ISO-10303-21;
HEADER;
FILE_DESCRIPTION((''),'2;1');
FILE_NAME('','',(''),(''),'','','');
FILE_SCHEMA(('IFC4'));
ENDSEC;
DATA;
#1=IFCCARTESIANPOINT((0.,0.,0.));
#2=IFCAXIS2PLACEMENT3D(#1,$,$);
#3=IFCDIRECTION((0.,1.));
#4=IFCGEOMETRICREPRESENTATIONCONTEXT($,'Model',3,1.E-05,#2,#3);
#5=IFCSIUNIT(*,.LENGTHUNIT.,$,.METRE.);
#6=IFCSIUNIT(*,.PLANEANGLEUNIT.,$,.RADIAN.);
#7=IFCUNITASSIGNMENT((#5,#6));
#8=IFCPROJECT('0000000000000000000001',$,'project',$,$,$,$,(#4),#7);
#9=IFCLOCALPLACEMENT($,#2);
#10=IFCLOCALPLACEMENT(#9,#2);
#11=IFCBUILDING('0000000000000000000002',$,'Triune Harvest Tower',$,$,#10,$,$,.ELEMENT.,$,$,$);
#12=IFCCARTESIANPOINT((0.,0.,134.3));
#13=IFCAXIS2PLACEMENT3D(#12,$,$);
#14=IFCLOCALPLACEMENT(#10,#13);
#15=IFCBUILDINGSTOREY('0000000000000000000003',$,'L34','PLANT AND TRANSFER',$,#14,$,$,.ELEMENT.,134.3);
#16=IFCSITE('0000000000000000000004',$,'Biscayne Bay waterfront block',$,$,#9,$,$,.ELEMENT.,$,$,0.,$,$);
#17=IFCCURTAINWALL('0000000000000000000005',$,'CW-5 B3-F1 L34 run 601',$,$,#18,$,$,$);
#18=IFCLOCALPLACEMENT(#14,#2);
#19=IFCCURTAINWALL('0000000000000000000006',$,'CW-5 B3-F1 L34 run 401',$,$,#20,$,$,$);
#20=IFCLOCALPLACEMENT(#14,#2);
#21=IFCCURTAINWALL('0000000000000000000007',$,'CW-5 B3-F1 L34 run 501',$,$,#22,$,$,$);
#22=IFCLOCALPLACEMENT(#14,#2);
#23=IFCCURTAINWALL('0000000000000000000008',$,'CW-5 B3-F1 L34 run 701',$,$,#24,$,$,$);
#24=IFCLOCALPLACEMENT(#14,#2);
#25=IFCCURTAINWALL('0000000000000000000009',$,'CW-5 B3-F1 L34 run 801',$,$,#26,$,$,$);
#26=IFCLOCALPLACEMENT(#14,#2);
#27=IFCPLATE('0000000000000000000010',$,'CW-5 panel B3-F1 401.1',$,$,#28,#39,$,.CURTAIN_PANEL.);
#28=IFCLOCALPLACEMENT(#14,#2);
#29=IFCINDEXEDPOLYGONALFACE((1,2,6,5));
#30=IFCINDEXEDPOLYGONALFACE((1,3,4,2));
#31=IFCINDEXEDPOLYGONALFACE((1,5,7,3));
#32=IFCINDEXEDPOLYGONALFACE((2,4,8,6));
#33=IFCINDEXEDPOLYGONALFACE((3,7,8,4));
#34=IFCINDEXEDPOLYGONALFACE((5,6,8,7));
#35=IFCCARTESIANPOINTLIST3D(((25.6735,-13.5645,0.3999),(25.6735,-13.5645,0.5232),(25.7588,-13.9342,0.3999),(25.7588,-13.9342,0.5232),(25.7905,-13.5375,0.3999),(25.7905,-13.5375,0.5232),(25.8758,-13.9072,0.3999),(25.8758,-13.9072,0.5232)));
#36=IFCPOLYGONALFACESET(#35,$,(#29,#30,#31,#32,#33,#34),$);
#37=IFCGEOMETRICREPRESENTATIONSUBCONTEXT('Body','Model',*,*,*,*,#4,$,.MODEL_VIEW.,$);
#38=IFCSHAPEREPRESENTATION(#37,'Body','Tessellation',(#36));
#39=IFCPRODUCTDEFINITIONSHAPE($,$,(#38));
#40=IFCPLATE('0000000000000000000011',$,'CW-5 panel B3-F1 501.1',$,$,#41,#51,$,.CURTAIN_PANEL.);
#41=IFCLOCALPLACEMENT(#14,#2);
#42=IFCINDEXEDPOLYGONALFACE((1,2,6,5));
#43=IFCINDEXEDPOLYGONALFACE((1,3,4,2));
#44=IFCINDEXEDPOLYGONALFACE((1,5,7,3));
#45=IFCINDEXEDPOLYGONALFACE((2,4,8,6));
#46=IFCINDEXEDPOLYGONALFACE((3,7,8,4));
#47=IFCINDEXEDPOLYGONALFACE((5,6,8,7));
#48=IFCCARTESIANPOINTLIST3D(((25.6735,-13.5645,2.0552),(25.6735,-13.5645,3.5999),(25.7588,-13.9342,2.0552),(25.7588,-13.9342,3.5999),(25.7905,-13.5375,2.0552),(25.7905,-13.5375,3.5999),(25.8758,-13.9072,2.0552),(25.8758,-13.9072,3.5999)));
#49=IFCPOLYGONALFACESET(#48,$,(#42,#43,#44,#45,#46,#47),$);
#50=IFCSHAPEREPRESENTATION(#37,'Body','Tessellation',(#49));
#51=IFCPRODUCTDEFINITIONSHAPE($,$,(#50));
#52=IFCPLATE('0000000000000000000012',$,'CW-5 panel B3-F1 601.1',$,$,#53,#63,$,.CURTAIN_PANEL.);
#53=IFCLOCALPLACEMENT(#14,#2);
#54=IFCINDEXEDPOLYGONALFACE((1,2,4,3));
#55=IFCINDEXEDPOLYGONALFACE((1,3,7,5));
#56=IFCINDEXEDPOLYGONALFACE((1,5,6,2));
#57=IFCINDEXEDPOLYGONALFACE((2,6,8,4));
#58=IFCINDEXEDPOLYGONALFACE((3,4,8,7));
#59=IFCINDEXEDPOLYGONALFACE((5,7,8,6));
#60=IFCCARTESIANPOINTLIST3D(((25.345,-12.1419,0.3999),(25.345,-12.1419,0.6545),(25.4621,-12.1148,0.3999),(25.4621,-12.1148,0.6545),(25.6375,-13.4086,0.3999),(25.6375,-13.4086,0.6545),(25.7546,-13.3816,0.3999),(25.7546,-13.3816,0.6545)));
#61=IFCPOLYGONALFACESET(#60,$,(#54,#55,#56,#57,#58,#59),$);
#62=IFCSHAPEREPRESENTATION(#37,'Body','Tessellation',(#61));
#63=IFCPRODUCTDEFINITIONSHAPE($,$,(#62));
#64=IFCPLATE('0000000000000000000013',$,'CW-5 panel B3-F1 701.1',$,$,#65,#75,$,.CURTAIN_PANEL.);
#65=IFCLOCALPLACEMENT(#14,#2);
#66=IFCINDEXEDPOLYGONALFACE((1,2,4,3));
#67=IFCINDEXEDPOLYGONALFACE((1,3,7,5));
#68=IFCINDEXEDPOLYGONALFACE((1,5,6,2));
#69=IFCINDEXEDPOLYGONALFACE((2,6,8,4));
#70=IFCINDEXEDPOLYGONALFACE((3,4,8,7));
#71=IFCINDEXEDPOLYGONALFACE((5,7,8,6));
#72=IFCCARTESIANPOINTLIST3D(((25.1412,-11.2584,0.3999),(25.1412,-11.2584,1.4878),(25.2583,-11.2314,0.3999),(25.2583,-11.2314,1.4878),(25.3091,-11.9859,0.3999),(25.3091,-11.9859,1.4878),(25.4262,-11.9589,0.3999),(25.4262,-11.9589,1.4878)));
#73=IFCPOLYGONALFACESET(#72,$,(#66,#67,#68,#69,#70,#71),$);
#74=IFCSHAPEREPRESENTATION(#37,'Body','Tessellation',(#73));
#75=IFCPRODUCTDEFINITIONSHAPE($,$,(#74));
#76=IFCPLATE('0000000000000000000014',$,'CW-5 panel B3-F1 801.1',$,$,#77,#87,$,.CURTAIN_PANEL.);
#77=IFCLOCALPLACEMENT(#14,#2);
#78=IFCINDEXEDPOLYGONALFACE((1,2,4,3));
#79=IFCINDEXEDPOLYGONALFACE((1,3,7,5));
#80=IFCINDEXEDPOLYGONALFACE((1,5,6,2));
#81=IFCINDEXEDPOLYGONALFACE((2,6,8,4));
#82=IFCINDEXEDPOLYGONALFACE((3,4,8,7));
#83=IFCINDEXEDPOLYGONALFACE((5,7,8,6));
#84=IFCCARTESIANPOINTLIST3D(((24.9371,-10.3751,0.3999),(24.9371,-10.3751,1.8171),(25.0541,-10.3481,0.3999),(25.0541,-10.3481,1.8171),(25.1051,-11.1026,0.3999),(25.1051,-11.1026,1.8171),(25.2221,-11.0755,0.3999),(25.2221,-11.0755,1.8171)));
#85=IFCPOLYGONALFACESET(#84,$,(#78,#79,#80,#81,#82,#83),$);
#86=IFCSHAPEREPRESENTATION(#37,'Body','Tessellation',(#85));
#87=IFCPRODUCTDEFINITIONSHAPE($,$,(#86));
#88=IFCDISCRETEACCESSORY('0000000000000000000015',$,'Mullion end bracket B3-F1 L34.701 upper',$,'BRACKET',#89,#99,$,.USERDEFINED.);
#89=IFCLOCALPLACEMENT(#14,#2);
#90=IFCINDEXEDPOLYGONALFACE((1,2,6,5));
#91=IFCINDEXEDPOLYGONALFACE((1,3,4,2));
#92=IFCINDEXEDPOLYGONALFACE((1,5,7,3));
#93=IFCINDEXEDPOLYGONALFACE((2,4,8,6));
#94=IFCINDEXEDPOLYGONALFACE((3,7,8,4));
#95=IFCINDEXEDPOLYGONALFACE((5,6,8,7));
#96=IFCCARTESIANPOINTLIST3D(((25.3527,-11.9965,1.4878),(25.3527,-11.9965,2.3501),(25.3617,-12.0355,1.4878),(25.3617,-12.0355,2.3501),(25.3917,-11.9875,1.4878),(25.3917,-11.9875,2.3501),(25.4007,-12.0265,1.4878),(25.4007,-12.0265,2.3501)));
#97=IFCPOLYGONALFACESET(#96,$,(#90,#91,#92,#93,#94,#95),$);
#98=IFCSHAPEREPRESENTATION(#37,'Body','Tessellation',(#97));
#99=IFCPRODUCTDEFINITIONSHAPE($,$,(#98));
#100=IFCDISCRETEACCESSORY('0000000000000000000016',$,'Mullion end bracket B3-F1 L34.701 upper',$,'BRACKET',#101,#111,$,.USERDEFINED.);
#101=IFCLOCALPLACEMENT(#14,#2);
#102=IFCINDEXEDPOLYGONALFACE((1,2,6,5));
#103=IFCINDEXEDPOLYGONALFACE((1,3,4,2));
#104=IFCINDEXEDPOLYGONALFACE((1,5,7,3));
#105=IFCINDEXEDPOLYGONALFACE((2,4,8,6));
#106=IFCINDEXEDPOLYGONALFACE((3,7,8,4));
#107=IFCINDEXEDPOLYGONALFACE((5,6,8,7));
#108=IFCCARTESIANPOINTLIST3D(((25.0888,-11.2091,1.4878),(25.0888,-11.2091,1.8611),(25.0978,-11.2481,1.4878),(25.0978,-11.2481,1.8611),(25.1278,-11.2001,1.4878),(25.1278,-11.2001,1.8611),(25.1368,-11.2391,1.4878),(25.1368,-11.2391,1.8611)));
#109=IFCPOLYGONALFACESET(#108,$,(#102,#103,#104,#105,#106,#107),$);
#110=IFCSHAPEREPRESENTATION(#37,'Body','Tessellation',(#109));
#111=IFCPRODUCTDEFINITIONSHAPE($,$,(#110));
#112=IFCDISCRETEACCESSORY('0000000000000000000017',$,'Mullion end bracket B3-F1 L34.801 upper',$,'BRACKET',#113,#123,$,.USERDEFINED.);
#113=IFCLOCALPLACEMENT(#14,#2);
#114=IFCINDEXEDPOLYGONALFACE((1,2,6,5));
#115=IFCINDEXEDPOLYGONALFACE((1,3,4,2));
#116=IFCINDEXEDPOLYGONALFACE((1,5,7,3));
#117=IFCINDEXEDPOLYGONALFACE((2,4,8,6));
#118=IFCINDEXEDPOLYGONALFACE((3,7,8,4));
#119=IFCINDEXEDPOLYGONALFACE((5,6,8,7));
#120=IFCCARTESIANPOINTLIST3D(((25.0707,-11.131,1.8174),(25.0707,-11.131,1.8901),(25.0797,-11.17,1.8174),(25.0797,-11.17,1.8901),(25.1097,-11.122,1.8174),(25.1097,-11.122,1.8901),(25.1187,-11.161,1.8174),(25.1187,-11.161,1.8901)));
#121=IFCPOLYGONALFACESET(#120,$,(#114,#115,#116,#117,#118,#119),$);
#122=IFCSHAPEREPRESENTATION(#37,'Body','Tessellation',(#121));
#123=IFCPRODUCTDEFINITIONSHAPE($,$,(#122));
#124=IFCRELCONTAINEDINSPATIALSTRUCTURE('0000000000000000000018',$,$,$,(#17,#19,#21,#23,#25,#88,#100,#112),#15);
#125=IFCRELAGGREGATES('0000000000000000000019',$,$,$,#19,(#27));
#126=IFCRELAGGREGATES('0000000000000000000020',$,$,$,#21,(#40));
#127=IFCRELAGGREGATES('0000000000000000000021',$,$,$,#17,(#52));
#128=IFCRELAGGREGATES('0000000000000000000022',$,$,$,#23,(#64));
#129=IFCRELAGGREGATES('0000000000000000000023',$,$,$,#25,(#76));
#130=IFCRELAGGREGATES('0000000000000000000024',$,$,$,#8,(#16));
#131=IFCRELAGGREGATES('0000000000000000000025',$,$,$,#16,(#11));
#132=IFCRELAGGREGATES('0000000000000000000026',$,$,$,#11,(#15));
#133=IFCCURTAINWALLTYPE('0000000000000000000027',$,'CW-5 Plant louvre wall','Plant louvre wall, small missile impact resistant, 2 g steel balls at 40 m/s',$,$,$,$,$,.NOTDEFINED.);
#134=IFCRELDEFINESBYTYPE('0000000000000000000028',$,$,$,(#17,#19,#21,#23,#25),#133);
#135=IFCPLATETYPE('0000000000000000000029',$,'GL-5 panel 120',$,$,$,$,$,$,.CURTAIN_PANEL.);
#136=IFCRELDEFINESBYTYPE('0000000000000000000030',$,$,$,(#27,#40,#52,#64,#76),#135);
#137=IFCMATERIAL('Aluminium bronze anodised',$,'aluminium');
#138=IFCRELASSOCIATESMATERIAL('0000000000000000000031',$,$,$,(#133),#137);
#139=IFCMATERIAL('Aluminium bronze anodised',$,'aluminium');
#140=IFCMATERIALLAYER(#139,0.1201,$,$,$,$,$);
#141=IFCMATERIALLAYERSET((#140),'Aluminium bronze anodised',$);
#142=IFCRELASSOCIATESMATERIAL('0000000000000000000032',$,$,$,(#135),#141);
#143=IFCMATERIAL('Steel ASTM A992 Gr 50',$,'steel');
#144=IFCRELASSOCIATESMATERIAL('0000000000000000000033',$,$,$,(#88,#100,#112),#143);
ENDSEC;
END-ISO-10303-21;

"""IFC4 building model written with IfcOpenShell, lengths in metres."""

from ifc_helpers import new_model, si_unit, direction, frame, origin, origin_2d, place, context, subcontext, project, spatial, rectangle, extrude, source, transform, mapped, material, layer, layer_set, type_object, element, aggregate, save


model = new_model("IFC4")

# Units and contexts
model_context = context("Model", 3, precision=1e-05, world=origin(), true_north=direction((0.0, 1.0)))
body_context = subcontext(model_context, "Body", "Model", "MODEL_VIEW")
ifc_project = project(units=[si_unit("LENGTHUNIT", "METRE"), si_unit("PLANEANGLEUNIT", "RADIAN")], contexts=[model_context])

# Site, building, storey
site_placement = place(None, origin())
site = spatial("IfcSite", under=ifc_project, at=site_placement, Name="Biscayne Bay waterfront block", CompositionType="ELEMENT", RefElevation=0.0)
building_placement = place(site_placement, origin())
building = spatial("IfcBuilding", under=site, at=building_placement, Name="Triune Harvest Tower", CompositionType="ELEMENT")
storey_placement = place(building_placement, frame((0.0, 0.0, 134.3)))
storey = spatial("IfcBuildingStorey", under=building, at=storey_placement, Name="L34", Description="PLANT AND TRANSFER", CompositionType="ELEMENT", Elevation=134.3)

# Curtain wall
ifc_material_1 = material(Name="Aluminium bronze anodised", Category="aluminium")
curtain_wall_type = type_object("IfcCurtainWallType", Name="CW-5 Plant louvre wall", Description="Plant louvre wall, small missile impact resistant, 2 g steel balls at 40 m/s", PredefinedType="NOTDEFINED", material=ifc_material_1)
curtain_wall_1_placement = place(storey_placement, origin())
curtain_wall_1 = element("IfcCurtainWall", 1, at=curtain_wall_1_placement, inside=storey, type_object=curtain_wall_type, Name="CW-5 B3-F1 L34 run 601")

# Curtain walls
curtain_wall_2_placement = place(storey_placement, origin())
curtain_wall_2 = element("IfcCurtainWall", 2, at=curtain_wall_2_placement, inside=storey, type_object=curtain_wall_type, Name="CW-5 B3-F1 L34 run 401")
curtain_wall_3_placement = place(storey_placement, origin())
curtain_wall_3 = element("IfcCurtainWall", 3, at=curtain_wall_3_placement, inside=storey, type_object=curtain_wall_type, Name="CW-5 B3-F1 L34 run 501")

# Curtain walls
curtain_wall_4_placement = place(storey_placement, origin())
curtain_wall_4 = element("IfcCurtainWall", 4, at=curtain_wall_4_placement, inside=storey, type_object=curtain_wall_type, Name="CW-5 B3-F1 L34 run 701")
curtain_wall_5_placement = place(storey_placement, origin())
curtain_wall_5 = element("IfcCurtainWall", 5, at=curtain_wall_5_placement, inside=storey, type_object=curtain_wall_type, Name="CW-5 B3-F1 L34 run 801")

# Plates
ifc_material_2 = material(Name="Aluminium bronze anodised", Category="aluminium")
ifc_layer = layer(ifc_material_2, 0.1201)
ifc_layer_set = layer_set([ifc_layer], Name="Aluminium bronze anodised")
plate_type = type_object("IfcPlateType", Name="GL-5 panel 120", PredefinedType="CURTAIN_PANEL", material=ifc_layer_set)
plate_1_placement = place(storey_placement, frame((25.7747, -13.7358, 0.3999), z_axis=(0.0, 0.0, 1.0), x_axis=(-0.224914, 0.974379, 0.0)))
plate_1 = element("IfcPlate", 6, at=plate_1_placement, type_object=plate_type, Name="CW-5 panel B3-F1 401.1", PredefinedType="CURTAIN_PANEL", context=body_context, shape_type="SweptSolid", body=[
    extrude(rectangle(XDim=0.3794, YDim=0.1201, at=origin_2d()), origin(), (0.0, 0.0, 1.0), 0.1233),
])
aggregate(curtain_wall_2, [plate_1])
plate_2_placement = place(storey_placement, frame((25.7747, -13.7358, 2.0552), z_axis=(0.0, 0.0, 1.0), x_axis=(-0.224914, 0.974379, 0.0)))
plate_2 = element("IfcPlate", 7, at=plate_2_placement, type_object=plate_type, Name="CW-5 panel B3-F1 501.1", PredefinedType="CURTAIN_PANEL", context=body_context, shape_type="SweptSolid", body=[
    extrude(rectangle(XDim=0.3794, YDim=0.1201, at=origin_2d()), origin(), (0.0, 0.0, 1.0), 1.5447),
])
aggregate(curtain_wall_3, [plate_2])
plate_3_placement = place(storey_placement, frame((25.5498, -12.7617, 0.3999), z_axis=(0.0, 0.0, 1.0), x_axis=(-0.224995, 0.97436, 0.0)))
plate_3 = element("IfcPlate", 8, at=plate_3_placement, type_object=plate_type, Name="CW-5 panel B3-F1 601.1", PredefinedType="CURTAIN_PANEL", context=body_context, shape_type="SweptSolid", body=[
    extrude(rectangle(XDim=1.3, YDim=0.1201, at=origin_2d()), origin(), (0.0, 0.0, 1.0), 0.2546),
])
aggregate(curtain_wall_1, [plate_3])
plate_4_placement = place(storey_placement, frame((25.2837, -11.6086, 0.3999), z_axis=(0.0, 0.0, 1.0), x_axis=(-0.2249, 0.974382, 0.0)))
plate_4 = element("IfcPlate", 9, at=plate_4_placement, type_object=plate_type, Name="CW-5 panel B3-F1 701.1", PredefinedType="CURTAIN_PANEL", context=body_context, shape_type="SweptSolid", body=[
    extrude(rectangle(XDim=0.7466, YDim=0.1201, at=origin_2d()), origin(), (0.0, 0.0, 1.0), 1.0879),
])
aggregate(curtain_wall_4, [plate_4])
shared_shape_1 = source(origin(), body_context, "Body", "SweptSolid", [
    extrude(rectangle(XDim=0.7466, YDim=0.1201, at=origin_2d()), origin(), (0.0, 0.0, 1.0), 1.4172),
])
plate_5_placement = place(storey_placement, frame((25.0796, -10.7253, 0.3999), z_axis=(0.0, 0.0, 1.0), x_axis=(-0.225005, 0.974358, 0.0)))
plate_5 = element("IfcPlate", 10, at=plate_5_placement, type_object=plate_type, Name="CW-5 panel B3-F1 801.1", PredefinedType="CURTAIN_PANEL", context=body_context, shape_type="MappedRepresentation", body=[
    mapped(shared_shape_1, transform((0.0, 0.0, 0.0), scale=1.0)),
])
aggregate(curtain_wall_5, [plate_5])

# Discrete accessories
ifc_material_3 = material(Name="Steel ASTM A992 Gr 50", Category="steel")
shared_shape_2 = source(origin(), body_context, "Body", "SweptSolid", [
    extrude(rectangle(XDim=0.04, YDim=0.04, at=origin_2d()), origin(), (0.0, 0.0, 1.0), 0.8623),
])
discrete_accessory_1_placement = place(storey_placement, frame((25.3767, -12.0115, 1.4878), z_axis=(0.0, 0.0, 1.0), x_axis=(-0.2249, 0.974382, 0.0)))
element("IfcDiscreteAccessory", 11, at=discrete_accessory_1_placement, inside=storey, material=ifc_material_3, Name="Mullion end bracket B3-F1 L34.701 upper", ObjectType="BRACKET", PredefinedType="USERDEFINED", context=body_context, shape_type="MappedRepresentation", body=[
    mapped(shared_shape_2, transform((0.0, 0.0, 0.0), scale=1.0)),
])
discrete_accessory_2_placement = place(storey_placement, frame((25.1128, -11.2241, 1.4878), z_axis=(0.0, 0.0, 1.0), x_axis=(-0.2249, 0.974382, 0.0)))
element("IfcDiscreteAccessory", 12, at=discrete_accessory_2_placement, inside=storey, material=ifc_material_3, Name="Mullion end bracket B3-F1 L34.701 upper", ObjectType="BRACKET", PredefinedType="USERDEFINED", context=body_context, shape_type="SweptSolid", body=[
    extrude(rectangle(XDim=0.04, YDim=0.04, at=origin_2d()), origin(), (0.0, 0.0, 1.0), 0.3733),
])
discrete_accessory_3_placement = place(storey_placement, frame((25.0947, -11.146, 1.8174), z_axis=(0.0, 0.0, 1.0), x_axis=(-0.225004, 0.974358, 0.0)))
element("IfcDiscreteAccessory", 13, at=discrete_accessory_3_placement, inside=storey, material=ifc_material_3, Name="Mullion end bracket B3-F1 L34.801 upper", ObjectType="BRACKET", PredefinedType="USERDEFINED", context=body_context, shape_type="SweptSolid", body=[
    extrude(rectangle(XDim=0.04, YDim=0.04, at=origin_2d()), origin(), (0.0, 0.0, 1.0), 0.0728),
])

save(model, "model.ifc")
